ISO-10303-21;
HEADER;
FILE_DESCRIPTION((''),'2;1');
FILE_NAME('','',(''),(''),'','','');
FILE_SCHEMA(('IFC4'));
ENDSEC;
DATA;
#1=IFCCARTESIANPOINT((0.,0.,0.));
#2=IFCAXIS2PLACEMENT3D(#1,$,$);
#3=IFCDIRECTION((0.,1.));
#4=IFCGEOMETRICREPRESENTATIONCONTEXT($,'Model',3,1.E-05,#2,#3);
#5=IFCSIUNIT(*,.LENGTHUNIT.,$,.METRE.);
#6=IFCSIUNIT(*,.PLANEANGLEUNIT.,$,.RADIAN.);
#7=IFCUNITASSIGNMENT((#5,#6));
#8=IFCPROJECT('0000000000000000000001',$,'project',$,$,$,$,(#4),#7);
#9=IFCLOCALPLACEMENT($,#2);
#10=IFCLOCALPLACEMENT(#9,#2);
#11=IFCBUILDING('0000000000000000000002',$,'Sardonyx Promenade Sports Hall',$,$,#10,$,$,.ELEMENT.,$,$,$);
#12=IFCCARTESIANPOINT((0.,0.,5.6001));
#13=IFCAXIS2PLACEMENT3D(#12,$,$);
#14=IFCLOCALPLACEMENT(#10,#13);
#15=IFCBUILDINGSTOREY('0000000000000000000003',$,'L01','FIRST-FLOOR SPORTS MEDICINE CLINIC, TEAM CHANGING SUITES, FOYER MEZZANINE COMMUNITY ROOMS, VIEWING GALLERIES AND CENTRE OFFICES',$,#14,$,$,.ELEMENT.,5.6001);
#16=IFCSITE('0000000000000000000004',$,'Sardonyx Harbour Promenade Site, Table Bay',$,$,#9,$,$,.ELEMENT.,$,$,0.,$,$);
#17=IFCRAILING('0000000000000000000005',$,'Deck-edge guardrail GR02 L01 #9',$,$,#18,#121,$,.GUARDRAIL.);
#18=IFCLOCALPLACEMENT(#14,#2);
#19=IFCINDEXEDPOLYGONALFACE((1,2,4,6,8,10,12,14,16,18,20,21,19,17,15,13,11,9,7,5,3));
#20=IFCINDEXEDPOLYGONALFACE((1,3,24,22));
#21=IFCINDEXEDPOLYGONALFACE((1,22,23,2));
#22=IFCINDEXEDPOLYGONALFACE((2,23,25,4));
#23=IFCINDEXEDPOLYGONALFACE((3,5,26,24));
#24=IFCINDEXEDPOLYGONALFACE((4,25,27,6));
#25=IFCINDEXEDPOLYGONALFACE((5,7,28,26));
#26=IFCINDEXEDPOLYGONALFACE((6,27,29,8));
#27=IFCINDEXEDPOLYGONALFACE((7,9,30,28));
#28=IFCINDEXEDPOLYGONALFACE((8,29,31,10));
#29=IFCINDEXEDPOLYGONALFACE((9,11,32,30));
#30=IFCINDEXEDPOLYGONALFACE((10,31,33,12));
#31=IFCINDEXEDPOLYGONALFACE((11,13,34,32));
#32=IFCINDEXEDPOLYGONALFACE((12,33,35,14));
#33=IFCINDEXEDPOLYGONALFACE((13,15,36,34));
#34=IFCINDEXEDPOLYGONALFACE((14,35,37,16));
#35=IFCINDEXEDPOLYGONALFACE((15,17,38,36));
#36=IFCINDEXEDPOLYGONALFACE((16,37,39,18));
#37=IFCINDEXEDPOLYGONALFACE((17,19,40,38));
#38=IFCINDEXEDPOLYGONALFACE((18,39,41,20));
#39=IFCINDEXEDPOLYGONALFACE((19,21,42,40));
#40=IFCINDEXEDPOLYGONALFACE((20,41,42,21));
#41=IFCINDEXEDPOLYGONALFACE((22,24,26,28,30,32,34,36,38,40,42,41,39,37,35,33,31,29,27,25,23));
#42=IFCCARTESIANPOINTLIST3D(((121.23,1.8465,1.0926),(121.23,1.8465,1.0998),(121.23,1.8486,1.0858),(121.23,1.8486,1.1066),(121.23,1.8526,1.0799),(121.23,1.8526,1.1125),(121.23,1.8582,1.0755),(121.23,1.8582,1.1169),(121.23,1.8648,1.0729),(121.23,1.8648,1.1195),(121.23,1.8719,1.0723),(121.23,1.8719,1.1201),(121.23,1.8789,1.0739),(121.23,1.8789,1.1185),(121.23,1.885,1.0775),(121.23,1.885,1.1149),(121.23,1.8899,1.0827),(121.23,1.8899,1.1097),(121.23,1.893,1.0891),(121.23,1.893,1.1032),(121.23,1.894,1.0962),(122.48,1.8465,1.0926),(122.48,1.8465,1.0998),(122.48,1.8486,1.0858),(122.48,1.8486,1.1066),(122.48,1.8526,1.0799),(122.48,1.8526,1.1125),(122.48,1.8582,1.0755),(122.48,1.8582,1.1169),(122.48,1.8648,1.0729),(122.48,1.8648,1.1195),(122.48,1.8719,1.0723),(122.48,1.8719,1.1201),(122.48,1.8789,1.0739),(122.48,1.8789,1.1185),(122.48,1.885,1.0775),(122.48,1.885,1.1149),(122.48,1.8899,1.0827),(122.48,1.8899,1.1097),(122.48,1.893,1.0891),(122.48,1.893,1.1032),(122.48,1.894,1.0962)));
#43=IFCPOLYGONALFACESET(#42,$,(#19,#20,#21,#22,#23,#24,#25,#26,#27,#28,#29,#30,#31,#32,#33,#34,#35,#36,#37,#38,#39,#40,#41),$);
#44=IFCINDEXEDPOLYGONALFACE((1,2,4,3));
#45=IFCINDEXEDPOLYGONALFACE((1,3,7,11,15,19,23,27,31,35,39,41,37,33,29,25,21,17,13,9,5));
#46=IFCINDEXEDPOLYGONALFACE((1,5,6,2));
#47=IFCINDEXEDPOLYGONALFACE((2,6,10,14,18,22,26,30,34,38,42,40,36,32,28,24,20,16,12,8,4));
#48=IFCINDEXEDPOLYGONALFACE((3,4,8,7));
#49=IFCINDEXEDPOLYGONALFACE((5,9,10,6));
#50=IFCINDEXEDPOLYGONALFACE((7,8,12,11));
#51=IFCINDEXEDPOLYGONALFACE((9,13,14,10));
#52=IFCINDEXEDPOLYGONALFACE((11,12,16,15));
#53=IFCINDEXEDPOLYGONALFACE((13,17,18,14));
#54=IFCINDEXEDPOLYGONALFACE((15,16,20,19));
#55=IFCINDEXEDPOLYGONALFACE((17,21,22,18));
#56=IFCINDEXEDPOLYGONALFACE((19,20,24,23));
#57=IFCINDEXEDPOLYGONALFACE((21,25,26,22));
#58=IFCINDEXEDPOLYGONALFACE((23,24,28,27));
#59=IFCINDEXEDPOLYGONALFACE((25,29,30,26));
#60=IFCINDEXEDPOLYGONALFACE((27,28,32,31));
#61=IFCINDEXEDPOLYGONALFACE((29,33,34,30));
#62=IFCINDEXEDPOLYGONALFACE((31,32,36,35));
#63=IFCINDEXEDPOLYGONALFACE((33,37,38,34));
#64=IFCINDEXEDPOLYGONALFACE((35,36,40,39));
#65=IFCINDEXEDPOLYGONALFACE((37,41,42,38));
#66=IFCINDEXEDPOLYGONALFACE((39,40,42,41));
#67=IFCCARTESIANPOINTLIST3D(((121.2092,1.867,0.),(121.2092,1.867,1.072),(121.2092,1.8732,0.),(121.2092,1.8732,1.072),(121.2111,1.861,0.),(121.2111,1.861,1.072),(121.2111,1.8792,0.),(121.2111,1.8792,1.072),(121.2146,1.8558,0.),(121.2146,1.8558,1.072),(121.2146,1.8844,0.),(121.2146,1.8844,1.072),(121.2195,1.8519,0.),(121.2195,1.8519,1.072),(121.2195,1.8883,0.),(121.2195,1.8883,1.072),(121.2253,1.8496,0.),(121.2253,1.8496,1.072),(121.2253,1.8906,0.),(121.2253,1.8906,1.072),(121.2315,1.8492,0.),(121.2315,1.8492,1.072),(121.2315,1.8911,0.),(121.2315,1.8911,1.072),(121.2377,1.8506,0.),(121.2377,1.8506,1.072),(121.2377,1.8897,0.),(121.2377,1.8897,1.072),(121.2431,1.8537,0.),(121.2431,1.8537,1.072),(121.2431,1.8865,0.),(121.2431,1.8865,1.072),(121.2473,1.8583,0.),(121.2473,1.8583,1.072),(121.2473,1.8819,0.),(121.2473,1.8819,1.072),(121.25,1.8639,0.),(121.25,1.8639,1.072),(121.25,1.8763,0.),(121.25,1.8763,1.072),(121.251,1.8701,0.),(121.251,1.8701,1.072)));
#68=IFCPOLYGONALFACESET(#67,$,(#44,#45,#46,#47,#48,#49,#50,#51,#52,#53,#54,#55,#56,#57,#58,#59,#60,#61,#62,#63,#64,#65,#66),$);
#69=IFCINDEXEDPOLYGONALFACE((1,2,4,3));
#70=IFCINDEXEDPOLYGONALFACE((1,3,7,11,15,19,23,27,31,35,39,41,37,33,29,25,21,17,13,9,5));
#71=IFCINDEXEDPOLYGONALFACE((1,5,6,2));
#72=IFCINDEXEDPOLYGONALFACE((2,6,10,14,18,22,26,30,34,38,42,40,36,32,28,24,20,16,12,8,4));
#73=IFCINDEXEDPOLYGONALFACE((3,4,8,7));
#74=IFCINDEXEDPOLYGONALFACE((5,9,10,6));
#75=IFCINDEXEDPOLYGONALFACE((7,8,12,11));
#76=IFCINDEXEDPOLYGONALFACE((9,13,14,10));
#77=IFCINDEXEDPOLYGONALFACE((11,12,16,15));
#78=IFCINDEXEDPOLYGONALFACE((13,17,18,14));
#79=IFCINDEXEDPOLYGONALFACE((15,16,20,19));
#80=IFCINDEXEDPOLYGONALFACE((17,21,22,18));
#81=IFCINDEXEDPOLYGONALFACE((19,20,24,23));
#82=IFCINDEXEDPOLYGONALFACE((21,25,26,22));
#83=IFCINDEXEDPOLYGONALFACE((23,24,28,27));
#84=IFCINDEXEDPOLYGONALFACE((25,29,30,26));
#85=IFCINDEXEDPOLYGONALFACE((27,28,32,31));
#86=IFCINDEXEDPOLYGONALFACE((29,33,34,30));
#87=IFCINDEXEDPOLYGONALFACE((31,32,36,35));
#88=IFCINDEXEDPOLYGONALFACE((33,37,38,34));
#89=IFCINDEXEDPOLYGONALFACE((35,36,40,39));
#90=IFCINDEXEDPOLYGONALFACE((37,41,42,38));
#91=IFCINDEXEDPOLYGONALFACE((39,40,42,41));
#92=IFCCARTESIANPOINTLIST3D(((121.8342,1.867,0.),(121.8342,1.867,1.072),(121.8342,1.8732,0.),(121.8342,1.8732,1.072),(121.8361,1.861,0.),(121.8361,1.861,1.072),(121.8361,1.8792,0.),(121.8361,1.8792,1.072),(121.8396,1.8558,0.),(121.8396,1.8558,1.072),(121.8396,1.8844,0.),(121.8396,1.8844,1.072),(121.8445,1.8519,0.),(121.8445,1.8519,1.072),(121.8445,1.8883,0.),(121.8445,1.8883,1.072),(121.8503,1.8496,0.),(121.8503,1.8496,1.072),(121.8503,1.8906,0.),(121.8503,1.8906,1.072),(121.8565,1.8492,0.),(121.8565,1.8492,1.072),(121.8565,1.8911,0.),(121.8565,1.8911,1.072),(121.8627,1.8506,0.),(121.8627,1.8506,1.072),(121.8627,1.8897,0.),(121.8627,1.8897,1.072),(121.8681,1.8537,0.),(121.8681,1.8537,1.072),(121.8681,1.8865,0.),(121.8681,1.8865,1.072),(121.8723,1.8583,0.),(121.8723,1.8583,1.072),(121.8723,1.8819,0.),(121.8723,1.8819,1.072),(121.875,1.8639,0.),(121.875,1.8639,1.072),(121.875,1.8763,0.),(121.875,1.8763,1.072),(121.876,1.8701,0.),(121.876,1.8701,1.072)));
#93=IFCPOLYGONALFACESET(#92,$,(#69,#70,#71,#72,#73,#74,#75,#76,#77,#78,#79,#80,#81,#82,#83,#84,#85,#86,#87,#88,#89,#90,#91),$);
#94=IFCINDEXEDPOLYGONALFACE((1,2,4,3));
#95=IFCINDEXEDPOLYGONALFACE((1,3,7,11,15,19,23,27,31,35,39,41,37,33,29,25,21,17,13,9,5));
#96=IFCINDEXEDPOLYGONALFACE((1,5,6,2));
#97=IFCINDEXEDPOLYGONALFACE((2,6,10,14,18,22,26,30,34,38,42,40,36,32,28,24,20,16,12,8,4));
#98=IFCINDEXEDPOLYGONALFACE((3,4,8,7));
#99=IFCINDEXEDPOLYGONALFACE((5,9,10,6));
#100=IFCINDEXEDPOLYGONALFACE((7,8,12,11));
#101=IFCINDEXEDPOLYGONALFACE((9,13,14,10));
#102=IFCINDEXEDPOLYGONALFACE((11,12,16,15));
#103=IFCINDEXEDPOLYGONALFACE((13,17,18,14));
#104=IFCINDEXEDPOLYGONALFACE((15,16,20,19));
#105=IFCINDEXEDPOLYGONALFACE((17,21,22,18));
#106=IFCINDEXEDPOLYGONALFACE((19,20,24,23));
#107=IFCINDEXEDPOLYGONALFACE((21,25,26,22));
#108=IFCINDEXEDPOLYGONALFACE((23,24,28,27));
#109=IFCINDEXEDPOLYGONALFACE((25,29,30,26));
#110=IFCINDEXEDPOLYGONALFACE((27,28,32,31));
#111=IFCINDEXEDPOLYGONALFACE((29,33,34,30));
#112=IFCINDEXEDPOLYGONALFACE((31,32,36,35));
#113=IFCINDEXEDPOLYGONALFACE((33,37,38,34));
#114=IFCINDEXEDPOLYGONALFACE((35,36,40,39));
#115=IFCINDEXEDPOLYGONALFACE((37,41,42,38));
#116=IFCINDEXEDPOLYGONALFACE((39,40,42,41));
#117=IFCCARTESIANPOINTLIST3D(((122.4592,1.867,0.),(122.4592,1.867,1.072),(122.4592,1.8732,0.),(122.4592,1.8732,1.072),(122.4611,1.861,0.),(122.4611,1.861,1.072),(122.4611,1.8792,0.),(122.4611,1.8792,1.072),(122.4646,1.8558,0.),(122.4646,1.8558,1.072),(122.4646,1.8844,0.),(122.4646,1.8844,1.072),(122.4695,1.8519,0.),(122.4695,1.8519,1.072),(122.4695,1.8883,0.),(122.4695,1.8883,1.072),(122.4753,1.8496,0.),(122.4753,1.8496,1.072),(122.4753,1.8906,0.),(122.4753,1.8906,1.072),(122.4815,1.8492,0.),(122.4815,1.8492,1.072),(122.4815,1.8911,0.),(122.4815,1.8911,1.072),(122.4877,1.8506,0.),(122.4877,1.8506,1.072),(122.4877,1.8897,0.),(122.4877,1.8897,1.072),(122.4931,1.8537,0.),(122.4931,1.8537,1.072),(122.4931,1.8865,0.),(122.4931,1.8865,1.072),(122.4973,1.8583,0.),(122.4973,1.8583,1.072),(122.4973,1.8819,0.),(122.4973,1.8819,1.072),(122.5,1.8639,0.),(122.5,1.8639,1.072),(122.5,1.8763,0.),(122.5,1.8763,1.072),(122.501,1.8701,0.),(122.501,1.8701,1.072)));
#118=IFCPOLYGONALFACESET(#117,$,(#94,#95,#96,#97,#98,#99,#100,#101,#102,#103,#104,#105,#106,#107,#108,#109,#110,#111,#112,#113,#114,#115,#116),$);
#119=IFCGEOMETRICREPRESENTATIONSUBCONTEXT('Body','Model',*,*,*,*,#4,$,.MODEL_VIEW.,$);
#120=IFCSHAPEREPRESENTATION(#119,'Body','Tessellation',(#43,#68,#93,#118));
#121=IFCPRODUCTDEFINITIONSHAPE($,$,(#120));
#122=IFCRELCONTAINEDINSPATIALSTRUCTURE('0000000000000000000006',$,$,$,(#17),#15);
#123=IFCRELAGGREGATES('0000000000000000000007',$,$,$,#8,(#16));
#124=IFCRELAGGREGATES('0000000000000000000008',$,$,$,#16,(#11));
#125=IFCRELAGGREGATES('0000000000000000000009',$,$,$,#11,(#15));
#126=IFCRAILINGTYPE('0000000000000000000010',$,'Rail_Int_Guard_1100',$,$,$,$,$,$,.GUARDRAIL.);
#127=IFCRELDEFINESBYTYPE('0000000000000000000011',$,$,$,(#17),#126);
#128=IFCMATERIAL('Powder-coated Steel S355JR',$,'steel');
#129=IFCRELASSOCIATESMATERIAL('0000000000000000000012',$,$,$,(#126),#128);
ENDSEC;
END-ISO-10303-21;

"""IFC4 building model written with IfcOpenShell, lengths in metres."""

from ifc_helpers import new_model, si_unit, direction, frame, origin, origin_2d, place, context, subcontext, project, spatial, circle, extrude, material, type_object, element, save


model = new_model("IFC4")

# Units and contexts
model_context = context("Model", 3, precision=1e-05, world=origin(), true_north=direction((0.0, 1.0)))
body_context = subcontext(model_context, "Body", "Model", "MODEL_VIEW")
ifc_project = project(units=[si_unit("LENGTHUNIT", "METRE"), si_unit("PLANEANGLEUNIT", "RADIAN")], contexts=[model_context])

# Site, building, storey
site_placement = place(None, origin())
site = spatial("IfcSite", under=ifc_project, at=site_placement, Name="Sardonyx Harbour Promenade Site, Table Bay", CompositionType="ELEMENT", RefElevation=0.0)
building_placement = place(site_placement, origin())
building = spatial("IfcBuilding", under=site, at=building_placement, Name="Sardonyx Promenade Sports Hall", CompositionType="ELEMENT")
storey_placement = place(building_placement, frame((0.0, 0.0, 5.6001)))
storey = spatial("IfcBuildingStorey", under=building, at=storey_placement, Name="L01", Description="FIRST-FLOOR SPORTS MEDICINE CLINIC, TEAM CHANGING SUITES, FOYER MEZZANINE COMMUNITY ROOMS, VIEWING GALLERIES AND CENTRE OFFICES", CompositionType="ELEMENT", Elevation=5.6001)

# Railing
ifc_material_1 = material(Name="Powder-coated Steel S355JR", Category="steel")
railing_type = type_object("IfcRailingType", Name="Rail_Int_Guard_1100", PredefinedType="GUARDRAIL", material=ifc_material_1)
railing_1_placement = place(storey_placement, frame((121.23, 1.8701, 0.0)))
element("IfcRailing", 1, at=railing_1_placement, inside=storey, type_object=railing_type, Name="Deck-edge guardrail GR02 L01 #9", PredefinedType="GUARDRAIL", context=body_context, shape_type="SweptSolid", body=[
    extrude(circle(Radius=0.0239, at=origin_2d()), frame((0.0, 0.0, 1.0962), z_axis=(1.0, 0.0, 0.0), x_axis=(0.0, 1.0, 0.0)), (0.0, 0.0, 1.0), 1.25),
    extrude(circle(Radius=0.021, at=origin_2d()), origin(), (0.0, 0.0, 1.0), 1.072),
    extrude(circle(Radius=0.021, at=origin_2d()), frame((0.625, 0.0, 0.0)), (0.0, 0.0, 1.0), 1.072),
    extrude(circle(Radius=0.021, at=origin_2d()), frame((1.25, 0.0, 0.0)), (0.0, 0.0, 1.0), 1.072),
])

save(model, "model.ifc")
